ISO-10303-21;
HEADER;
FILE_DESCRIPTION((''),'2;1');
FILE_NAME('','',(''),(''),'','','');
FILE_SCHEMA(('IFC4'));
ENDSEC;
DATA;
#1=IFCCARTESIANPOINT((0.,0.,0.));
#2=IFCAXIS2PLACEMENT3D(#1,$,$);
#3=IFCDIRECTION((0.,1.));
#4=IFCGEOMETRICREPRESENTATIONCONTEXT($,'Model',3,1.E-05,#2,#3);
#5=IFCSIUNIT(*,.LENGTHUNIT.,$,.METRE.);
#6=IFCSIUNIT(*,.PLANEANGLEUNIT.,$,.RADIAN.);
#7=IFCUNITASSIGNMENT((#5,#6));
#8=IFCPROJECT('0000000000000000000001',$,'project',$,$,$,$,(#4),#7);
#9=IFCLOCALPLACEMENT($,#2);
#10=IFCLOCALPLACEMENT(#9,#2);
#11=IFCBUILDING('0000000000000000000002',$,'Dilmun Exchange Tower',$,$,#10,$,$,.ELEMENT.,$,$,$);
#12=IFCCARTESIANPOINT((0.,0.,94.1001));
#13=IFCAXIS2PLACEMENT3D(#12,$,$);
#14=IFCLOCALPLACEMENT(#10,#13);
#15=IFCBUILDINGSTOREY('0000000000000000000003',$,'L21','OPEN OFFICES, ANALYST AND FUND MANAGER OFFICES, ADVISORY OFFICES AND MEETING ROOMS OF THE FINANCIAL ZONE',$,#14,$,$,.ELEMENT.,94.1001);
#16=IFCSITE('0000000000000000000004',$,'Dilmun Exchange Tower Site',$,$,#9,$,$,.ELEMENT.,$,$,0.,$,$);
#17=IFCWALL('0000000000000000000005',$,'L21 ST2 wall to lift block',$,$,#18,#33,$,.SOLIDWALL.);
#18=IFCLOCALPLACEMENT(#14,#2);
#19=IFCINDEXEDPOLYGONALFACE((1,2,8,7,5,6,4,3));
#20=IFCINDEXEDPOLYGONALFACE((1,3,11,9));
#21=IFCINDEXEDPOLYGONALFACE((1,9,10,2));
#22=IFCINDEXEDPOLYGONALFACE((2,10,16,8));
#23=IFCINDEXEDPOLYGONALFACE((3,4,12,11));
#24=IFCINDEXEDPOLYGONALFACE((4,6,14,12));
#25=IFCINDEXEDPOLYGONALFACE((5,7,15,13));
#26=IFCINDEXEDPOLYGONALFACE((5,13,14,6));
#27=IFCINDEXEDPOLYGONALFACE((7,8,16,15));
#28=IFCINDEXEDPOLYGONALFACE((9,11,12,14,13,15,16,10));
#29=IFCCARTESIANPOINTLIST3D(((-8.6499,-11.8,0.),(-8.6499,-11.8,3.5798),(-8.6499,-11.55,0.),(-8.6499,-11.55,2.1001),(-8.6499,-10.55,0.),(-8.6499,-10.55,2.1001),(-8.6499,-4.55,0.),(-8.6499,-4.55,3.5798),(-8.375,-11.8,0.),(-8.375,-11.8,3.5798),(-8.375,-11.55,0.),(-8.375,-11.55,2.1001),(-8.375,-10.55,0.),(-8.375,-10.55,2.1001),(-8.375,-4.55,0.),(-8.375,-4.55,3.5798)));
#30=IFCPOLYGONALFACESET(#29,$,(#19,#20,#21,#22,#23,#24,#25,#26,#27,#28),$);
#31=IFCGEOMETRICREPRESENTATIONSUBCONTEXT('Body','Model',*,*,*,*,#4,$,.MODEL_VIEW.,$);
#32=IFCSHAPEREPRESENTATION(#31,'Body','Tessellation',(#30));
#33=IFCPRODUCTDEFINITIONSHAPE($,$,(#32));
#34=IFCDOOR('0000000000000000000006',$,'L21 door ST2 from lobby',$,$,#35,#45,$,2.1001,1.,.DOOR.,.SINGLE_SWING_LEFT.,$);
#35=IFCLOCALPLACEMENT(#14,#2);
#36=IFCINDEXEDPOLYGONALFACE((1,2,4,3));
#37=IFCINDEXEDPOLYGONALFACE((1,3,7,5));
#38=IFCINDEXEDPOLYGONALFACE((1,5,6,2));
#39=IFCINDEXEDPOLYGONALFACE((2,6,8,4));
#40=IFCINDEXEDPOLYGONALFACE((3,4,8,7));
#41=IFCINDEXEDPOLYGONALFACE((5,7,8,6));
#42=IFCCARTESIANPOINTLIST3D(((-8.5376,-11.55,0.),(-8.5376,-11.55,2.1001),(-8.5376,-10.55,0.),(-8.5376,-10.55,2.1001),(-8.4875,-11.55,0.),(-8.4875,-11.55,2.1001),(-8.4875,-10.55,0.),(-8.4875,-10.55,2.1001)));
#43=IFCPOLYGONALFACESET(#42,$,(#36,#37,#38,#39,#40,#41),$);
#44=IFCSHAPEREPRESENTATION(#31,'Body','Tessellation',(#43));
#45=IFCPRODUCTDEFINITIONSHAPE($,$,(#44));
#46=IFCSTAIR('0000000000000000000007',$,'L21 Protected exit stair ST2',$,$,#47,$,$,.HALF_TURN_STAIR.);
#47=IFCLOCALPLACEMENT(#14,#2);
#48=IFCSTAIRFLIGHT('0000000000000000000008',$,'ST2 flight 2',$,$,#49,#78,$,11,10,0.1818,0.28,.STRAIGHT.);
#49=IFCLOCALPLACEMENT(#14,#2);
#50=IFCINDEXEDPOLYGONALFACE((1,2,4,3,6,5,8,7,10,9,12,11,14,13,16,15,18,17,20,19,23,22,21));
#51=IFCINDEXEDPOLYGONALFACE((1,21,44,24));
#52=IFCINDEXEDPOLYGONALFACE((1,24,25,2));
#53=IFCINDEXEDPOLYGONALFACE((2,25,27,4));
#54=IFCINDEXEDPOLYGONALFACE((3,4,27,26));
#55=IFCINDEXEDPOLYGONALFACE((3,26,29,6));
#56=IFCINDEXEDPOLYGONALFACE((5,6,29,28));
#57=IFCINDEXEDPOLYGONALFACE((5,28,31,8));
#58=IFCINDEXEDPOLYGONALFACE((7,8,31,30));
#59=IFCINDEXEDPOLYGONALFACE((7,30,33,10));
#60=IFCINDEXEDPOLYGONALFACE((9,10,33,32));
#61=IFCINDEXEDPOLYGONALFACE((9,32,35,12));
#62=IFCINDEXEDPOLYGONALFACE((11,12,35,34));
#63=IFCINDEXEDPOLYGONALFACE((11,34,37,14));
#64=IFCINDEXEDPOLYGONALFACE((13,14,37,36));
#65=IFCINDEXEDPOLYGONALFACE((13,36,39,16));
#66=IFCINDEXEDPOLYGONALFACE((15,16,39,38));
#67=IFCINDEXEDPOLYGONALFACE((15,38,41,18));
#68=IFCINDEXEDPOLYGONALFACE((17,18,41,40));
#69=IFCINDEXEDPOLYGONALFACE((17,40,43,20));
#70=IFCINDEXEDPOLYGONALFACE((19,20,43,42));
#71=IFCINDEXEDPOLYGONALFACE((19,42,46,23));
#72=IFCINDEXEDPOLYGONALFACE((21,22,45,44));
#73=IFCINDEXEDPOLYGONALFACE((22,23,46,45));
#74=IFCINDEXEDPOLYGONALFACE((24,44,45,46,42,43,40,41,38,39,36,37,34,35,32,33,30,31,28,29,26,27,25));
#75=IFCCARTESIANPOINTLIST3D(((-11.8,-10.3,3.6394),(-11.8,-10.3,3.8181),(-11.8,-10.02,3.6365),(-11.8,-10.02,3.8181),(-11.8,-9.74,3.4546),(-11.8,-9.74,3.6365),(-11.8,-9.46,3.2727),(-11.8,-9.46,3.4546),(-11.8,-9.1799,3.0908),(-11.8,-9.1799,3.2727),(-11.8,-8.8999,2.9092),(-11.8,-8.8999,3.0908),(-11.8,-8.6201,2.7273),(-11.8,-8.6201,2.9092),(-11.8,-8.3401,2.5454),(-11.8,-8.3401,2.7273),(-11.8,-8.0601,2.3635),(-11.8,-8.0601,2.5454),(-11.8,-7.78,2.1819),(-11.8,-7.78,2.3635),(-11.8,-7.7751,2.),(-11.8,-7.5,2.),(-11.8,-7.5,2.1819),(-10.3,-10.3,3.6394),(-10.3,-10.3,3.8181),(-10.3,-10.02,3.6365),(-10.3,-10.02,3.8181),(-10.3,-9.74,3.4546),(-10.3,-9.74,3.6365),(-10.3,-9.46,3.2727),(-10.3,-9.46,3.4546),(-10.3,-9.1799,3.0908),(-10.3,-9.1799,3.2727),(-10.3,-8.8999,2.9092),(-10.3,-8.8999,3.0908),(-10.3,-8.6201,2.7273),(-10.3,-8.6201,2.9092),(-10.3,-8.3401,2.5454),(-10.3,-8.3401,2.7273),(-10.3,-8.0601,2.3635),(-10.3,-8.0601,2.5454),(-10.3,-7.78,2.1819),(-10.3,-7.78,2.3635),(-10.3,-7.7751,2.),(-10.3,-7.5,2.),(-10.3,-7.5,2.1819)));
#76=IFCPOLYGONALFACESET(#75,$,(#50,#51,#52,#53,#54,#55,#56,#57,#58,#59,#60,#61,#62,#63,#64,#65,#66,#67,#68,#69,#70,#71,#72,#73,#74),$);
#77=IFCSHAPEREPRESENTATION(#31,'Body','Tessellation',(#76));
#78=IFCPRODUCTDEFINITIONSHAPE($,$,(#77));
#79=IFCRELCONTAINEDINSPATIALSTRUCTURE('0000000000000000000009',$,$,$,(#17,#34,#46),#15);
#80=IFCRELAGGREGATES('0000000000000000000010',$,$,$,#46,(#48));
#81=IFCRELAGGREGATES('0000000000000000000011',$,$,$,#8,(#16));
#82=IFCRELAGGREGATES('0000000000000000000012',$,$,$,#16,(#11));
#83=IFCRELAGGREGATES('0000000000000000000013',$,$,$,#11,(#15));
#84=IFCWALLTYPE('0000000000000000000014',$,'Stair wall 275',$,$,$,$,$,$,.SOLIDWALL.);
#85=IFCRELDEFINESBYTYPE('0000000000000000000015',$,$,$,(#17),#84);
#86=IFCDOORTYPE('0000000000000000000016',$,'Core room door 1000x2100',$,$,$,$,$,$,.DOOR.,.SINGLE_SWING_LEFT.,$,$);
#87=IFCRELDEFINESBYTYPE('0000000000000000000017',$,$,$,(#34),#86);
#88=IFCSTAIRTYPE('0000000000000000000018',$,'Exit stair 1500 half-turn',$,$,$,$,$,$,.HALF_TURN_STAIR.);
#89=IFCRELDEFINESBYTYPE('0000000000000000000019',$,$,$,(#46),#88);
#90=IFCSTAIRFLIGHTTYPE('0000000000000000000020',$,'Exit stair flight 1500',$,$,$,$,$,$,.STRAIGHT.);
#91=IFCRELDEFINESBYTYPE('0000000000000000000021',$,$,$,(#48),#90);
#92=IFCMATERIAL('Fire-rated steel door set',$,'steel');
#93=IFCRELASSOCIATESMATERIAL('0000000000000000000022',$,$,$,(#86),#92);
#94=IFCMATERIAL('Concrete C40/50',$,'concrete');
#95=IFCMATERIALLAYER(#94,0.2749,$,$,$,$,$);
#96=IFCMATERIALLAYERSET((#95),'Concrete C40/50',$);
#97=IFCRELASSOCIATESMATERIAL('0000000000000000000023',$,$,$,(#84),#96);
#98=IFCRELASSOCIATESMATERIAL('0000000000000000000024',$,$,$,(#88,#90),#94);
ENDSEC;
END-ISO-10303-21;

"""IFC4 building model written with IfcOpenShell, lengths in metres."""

from ifc_helpers import new_model, si_unit, direction, frame, frame_2d, origin, place, context, subcontext, project, spatial, polyline, rectangle, outline, extrude, material, layer, layer_set, type_object, element, fill, aggregate, save


model = new_model("IFC4")

# Units and contexts
model_context = context("Model", 3, precision=1e-05, world=origin(), true_north=direction((0.0, 1.0)))
body_context = subcontext(model_context, "Body", "Model", "MODEL_VIEW")
ifc_project = project(units=[si_unit("LENGTHUNIT", "METRE"), si_unit("PLANEANGLEUNIT", "RADIAN")], contexts=[model_context])

# Site, building, storey
site_placement = place(None, origin())
site = spatial("IfcSite", under=ifc_project, at=site_placement, Name="Dilmun Exchange Tower Site", CompositionType="ELEMENT", RefElevation=0.0)
building_placement = place(site_placement, origin())
building = spatial("IfcBuilding", under=site, at=building_placement, Name="Dilmun Exchange Tower", CompositionType="ELEMENT")
storey_placement = place(building_placement, frame((0.0, 0.0, 94.1001)))
storey = spatial("IfcBuildingStorey", under=building, at=storey_placement, Name="L21", Description="OPEN OFFICES, ANALYST AND FUND MANAGER OFFICES, ADVISORY OFFICES AND MEETING ROOMS OF THE FINANCIAL ZONE", CompositionType="ELEMENT", Elevation=94.1001)

# Shared definitions
ifc_material_1 = material(Name="Concrete C40/50", Category="concrete")

# Shared definitions
ifc_material_2 = material(Name="Fire-rated steel door set", Category="steel")
door_type = type_object("IfcDoorType", Name="Core room door 1000x2100", OperationType="SINGLE_SWING_LEFT", PredefinedType="DOOR", material=ifc_material_2)

# Wall, opening, door
ifc_layer_1 = layer(ifc_material_1, 0.2749)
ifc_layer_set_1 = layer_set([ifc_layer_1], Name="Concrete C40/50")
wall_type_1 = type_object("IfcWallType", Name="Stair wall 275", PredefinedType="SOLIDWALL", material=ifc_layer_set_1)
wall_1_placement = place(storey_placement, frame((-8.5125, -4.55, 0.0), z_axis=(0.0, 0.0, 1.0), x_axis=(0.0, -1.0, 0.0)))
wall_1 = element("IfcWall", 1, at=wall_1_placement, inside=storey, type_object=wall_type_1, Name="L21 ST2 wall to lift block", PredefinedType="SOLIDWALL", context=body_context, shape_type="SweptSolid", body=[
    extrude(rectangle(XDim=7.25, YDim=0.2749, at=frame_2d((3.625, 0.0))), origin(), (0.0, 0.0, 1.0), 3.5798),
])
opening_1_placement = place(wall_1_placement, frame((6.0, 0.0, 0.0)))
opening_1 = element("IfcOpeningElement", 2, at=opening_1_placement, cuts=wall_1, PredefinedType="OPENING", context=body_context, shape_type="SweptSolid", body=[
    extrude(rectangle(XDim=1.0, YDim=2.1001, at=frame_2d((0.5, 1.05))), frame((0.0, 0.1475, 0.0), z_axis=(0.0, -1.0, 0.0), x_axis=(1.0, 0.0, 0.0)), (0.0, 0.0, 1.0), 0.2949),
])
door_1_placement = place(opening_1_placement, origin())
door_1 = element("IfcDoor", 3, at=door_1_placement, inside=storey, type_object=door_type, Name="L21 door ST2 from lobby", OperationType="SINGLE_SWING_LEFT", OverallHeight=2.1001, OverallWidth=1.0, PredefinedType="DOOR", context=body_context, shape_type="SweptSolid", body=[
    extrude(rectangle(XDim=1.0, YDim=2.1001, at=frame_2d((0.5, 1.05))), frame((0.0, 0.0249, 0.0), z_axis=(0.0, -1.0, 0.0), x_axis=(1.0, 0.0, 0.0)), (0.0, 0.0, 1.0), 0.05),
])
fill(opening_1, door_1)

# Stair, stair flight
stair_type = type_object("IfcStairType", Name="Exit stair 1500 half-turn", PredefinedType="HALF_TURN_STAIR", material=ifc_material_1)
stair_placement = place(storey_placement, origin())
stair = element("IfcStair", 4, at=stair_placement, inside=storey, type_object=stair_type, Name="L21 Protected exit stair ST2", PredefinedType="HALF_TURN_STAIR")
stair_flight_type = type_object("IfcStairFlightType", Name="Exit stair flight 1500", PredefinedType="STRAIGHT", material=ifc_material_1)
stair_flight_placement = place(storey_placement, frame((-11.05, -7.5, 2.0), z_axis=(0.0, 0.0, 1.0), x_axis=(0.0, -1.0, 0.0)))
stair_flight = element("IfcStairFlight", 5, at=stair_flight_placement, type_object=stair_flight_type, Name="ST2 flight 2", NumberOfRisers=11, NumberOfTreads=10, PredefinedType="STRAIGHT", RiserHeight=0.1818, TreadLength=0.28, context=body_context, shape_type="SweptSolid", body=[
    extrude(outline(polyline([(0.0, 0.0), (0.0, 0.1819), (0.28, 0.1819), (0.28, 0.3635), (0.5601, 0.3635), (0.5601, 0.5454), (0.8401, 0.5454), (0.8401, 0.7273), (1.1201, 0.7273), (1.1201, 0.9092), (1.3999, 0.9092), (1.3999, 1.0908), (1.6799, 1.0908), (1.6799, 1.2727), (1.96, 1.2727), (1.96, 1.4546), (2.24, 1.4546), (2.24, 1.6365), (2.52, 1.6365), (2.52, 1.8181), (2.8, 1.8181), (2.8, 2.0), (2.8, 1.6394), (0.2751, 0.0), (0.0, 0.0)])), frame((0.0, 0.75, 0.0), z_axis=(0.0, -1.0, 0.0), x_axis=(1.0, 0.0, 0.0)), (0.0, 0.0, 1.0), 1.5),
])
aggregate(stair, [stair_flight])

save(model, "model.ifc")
